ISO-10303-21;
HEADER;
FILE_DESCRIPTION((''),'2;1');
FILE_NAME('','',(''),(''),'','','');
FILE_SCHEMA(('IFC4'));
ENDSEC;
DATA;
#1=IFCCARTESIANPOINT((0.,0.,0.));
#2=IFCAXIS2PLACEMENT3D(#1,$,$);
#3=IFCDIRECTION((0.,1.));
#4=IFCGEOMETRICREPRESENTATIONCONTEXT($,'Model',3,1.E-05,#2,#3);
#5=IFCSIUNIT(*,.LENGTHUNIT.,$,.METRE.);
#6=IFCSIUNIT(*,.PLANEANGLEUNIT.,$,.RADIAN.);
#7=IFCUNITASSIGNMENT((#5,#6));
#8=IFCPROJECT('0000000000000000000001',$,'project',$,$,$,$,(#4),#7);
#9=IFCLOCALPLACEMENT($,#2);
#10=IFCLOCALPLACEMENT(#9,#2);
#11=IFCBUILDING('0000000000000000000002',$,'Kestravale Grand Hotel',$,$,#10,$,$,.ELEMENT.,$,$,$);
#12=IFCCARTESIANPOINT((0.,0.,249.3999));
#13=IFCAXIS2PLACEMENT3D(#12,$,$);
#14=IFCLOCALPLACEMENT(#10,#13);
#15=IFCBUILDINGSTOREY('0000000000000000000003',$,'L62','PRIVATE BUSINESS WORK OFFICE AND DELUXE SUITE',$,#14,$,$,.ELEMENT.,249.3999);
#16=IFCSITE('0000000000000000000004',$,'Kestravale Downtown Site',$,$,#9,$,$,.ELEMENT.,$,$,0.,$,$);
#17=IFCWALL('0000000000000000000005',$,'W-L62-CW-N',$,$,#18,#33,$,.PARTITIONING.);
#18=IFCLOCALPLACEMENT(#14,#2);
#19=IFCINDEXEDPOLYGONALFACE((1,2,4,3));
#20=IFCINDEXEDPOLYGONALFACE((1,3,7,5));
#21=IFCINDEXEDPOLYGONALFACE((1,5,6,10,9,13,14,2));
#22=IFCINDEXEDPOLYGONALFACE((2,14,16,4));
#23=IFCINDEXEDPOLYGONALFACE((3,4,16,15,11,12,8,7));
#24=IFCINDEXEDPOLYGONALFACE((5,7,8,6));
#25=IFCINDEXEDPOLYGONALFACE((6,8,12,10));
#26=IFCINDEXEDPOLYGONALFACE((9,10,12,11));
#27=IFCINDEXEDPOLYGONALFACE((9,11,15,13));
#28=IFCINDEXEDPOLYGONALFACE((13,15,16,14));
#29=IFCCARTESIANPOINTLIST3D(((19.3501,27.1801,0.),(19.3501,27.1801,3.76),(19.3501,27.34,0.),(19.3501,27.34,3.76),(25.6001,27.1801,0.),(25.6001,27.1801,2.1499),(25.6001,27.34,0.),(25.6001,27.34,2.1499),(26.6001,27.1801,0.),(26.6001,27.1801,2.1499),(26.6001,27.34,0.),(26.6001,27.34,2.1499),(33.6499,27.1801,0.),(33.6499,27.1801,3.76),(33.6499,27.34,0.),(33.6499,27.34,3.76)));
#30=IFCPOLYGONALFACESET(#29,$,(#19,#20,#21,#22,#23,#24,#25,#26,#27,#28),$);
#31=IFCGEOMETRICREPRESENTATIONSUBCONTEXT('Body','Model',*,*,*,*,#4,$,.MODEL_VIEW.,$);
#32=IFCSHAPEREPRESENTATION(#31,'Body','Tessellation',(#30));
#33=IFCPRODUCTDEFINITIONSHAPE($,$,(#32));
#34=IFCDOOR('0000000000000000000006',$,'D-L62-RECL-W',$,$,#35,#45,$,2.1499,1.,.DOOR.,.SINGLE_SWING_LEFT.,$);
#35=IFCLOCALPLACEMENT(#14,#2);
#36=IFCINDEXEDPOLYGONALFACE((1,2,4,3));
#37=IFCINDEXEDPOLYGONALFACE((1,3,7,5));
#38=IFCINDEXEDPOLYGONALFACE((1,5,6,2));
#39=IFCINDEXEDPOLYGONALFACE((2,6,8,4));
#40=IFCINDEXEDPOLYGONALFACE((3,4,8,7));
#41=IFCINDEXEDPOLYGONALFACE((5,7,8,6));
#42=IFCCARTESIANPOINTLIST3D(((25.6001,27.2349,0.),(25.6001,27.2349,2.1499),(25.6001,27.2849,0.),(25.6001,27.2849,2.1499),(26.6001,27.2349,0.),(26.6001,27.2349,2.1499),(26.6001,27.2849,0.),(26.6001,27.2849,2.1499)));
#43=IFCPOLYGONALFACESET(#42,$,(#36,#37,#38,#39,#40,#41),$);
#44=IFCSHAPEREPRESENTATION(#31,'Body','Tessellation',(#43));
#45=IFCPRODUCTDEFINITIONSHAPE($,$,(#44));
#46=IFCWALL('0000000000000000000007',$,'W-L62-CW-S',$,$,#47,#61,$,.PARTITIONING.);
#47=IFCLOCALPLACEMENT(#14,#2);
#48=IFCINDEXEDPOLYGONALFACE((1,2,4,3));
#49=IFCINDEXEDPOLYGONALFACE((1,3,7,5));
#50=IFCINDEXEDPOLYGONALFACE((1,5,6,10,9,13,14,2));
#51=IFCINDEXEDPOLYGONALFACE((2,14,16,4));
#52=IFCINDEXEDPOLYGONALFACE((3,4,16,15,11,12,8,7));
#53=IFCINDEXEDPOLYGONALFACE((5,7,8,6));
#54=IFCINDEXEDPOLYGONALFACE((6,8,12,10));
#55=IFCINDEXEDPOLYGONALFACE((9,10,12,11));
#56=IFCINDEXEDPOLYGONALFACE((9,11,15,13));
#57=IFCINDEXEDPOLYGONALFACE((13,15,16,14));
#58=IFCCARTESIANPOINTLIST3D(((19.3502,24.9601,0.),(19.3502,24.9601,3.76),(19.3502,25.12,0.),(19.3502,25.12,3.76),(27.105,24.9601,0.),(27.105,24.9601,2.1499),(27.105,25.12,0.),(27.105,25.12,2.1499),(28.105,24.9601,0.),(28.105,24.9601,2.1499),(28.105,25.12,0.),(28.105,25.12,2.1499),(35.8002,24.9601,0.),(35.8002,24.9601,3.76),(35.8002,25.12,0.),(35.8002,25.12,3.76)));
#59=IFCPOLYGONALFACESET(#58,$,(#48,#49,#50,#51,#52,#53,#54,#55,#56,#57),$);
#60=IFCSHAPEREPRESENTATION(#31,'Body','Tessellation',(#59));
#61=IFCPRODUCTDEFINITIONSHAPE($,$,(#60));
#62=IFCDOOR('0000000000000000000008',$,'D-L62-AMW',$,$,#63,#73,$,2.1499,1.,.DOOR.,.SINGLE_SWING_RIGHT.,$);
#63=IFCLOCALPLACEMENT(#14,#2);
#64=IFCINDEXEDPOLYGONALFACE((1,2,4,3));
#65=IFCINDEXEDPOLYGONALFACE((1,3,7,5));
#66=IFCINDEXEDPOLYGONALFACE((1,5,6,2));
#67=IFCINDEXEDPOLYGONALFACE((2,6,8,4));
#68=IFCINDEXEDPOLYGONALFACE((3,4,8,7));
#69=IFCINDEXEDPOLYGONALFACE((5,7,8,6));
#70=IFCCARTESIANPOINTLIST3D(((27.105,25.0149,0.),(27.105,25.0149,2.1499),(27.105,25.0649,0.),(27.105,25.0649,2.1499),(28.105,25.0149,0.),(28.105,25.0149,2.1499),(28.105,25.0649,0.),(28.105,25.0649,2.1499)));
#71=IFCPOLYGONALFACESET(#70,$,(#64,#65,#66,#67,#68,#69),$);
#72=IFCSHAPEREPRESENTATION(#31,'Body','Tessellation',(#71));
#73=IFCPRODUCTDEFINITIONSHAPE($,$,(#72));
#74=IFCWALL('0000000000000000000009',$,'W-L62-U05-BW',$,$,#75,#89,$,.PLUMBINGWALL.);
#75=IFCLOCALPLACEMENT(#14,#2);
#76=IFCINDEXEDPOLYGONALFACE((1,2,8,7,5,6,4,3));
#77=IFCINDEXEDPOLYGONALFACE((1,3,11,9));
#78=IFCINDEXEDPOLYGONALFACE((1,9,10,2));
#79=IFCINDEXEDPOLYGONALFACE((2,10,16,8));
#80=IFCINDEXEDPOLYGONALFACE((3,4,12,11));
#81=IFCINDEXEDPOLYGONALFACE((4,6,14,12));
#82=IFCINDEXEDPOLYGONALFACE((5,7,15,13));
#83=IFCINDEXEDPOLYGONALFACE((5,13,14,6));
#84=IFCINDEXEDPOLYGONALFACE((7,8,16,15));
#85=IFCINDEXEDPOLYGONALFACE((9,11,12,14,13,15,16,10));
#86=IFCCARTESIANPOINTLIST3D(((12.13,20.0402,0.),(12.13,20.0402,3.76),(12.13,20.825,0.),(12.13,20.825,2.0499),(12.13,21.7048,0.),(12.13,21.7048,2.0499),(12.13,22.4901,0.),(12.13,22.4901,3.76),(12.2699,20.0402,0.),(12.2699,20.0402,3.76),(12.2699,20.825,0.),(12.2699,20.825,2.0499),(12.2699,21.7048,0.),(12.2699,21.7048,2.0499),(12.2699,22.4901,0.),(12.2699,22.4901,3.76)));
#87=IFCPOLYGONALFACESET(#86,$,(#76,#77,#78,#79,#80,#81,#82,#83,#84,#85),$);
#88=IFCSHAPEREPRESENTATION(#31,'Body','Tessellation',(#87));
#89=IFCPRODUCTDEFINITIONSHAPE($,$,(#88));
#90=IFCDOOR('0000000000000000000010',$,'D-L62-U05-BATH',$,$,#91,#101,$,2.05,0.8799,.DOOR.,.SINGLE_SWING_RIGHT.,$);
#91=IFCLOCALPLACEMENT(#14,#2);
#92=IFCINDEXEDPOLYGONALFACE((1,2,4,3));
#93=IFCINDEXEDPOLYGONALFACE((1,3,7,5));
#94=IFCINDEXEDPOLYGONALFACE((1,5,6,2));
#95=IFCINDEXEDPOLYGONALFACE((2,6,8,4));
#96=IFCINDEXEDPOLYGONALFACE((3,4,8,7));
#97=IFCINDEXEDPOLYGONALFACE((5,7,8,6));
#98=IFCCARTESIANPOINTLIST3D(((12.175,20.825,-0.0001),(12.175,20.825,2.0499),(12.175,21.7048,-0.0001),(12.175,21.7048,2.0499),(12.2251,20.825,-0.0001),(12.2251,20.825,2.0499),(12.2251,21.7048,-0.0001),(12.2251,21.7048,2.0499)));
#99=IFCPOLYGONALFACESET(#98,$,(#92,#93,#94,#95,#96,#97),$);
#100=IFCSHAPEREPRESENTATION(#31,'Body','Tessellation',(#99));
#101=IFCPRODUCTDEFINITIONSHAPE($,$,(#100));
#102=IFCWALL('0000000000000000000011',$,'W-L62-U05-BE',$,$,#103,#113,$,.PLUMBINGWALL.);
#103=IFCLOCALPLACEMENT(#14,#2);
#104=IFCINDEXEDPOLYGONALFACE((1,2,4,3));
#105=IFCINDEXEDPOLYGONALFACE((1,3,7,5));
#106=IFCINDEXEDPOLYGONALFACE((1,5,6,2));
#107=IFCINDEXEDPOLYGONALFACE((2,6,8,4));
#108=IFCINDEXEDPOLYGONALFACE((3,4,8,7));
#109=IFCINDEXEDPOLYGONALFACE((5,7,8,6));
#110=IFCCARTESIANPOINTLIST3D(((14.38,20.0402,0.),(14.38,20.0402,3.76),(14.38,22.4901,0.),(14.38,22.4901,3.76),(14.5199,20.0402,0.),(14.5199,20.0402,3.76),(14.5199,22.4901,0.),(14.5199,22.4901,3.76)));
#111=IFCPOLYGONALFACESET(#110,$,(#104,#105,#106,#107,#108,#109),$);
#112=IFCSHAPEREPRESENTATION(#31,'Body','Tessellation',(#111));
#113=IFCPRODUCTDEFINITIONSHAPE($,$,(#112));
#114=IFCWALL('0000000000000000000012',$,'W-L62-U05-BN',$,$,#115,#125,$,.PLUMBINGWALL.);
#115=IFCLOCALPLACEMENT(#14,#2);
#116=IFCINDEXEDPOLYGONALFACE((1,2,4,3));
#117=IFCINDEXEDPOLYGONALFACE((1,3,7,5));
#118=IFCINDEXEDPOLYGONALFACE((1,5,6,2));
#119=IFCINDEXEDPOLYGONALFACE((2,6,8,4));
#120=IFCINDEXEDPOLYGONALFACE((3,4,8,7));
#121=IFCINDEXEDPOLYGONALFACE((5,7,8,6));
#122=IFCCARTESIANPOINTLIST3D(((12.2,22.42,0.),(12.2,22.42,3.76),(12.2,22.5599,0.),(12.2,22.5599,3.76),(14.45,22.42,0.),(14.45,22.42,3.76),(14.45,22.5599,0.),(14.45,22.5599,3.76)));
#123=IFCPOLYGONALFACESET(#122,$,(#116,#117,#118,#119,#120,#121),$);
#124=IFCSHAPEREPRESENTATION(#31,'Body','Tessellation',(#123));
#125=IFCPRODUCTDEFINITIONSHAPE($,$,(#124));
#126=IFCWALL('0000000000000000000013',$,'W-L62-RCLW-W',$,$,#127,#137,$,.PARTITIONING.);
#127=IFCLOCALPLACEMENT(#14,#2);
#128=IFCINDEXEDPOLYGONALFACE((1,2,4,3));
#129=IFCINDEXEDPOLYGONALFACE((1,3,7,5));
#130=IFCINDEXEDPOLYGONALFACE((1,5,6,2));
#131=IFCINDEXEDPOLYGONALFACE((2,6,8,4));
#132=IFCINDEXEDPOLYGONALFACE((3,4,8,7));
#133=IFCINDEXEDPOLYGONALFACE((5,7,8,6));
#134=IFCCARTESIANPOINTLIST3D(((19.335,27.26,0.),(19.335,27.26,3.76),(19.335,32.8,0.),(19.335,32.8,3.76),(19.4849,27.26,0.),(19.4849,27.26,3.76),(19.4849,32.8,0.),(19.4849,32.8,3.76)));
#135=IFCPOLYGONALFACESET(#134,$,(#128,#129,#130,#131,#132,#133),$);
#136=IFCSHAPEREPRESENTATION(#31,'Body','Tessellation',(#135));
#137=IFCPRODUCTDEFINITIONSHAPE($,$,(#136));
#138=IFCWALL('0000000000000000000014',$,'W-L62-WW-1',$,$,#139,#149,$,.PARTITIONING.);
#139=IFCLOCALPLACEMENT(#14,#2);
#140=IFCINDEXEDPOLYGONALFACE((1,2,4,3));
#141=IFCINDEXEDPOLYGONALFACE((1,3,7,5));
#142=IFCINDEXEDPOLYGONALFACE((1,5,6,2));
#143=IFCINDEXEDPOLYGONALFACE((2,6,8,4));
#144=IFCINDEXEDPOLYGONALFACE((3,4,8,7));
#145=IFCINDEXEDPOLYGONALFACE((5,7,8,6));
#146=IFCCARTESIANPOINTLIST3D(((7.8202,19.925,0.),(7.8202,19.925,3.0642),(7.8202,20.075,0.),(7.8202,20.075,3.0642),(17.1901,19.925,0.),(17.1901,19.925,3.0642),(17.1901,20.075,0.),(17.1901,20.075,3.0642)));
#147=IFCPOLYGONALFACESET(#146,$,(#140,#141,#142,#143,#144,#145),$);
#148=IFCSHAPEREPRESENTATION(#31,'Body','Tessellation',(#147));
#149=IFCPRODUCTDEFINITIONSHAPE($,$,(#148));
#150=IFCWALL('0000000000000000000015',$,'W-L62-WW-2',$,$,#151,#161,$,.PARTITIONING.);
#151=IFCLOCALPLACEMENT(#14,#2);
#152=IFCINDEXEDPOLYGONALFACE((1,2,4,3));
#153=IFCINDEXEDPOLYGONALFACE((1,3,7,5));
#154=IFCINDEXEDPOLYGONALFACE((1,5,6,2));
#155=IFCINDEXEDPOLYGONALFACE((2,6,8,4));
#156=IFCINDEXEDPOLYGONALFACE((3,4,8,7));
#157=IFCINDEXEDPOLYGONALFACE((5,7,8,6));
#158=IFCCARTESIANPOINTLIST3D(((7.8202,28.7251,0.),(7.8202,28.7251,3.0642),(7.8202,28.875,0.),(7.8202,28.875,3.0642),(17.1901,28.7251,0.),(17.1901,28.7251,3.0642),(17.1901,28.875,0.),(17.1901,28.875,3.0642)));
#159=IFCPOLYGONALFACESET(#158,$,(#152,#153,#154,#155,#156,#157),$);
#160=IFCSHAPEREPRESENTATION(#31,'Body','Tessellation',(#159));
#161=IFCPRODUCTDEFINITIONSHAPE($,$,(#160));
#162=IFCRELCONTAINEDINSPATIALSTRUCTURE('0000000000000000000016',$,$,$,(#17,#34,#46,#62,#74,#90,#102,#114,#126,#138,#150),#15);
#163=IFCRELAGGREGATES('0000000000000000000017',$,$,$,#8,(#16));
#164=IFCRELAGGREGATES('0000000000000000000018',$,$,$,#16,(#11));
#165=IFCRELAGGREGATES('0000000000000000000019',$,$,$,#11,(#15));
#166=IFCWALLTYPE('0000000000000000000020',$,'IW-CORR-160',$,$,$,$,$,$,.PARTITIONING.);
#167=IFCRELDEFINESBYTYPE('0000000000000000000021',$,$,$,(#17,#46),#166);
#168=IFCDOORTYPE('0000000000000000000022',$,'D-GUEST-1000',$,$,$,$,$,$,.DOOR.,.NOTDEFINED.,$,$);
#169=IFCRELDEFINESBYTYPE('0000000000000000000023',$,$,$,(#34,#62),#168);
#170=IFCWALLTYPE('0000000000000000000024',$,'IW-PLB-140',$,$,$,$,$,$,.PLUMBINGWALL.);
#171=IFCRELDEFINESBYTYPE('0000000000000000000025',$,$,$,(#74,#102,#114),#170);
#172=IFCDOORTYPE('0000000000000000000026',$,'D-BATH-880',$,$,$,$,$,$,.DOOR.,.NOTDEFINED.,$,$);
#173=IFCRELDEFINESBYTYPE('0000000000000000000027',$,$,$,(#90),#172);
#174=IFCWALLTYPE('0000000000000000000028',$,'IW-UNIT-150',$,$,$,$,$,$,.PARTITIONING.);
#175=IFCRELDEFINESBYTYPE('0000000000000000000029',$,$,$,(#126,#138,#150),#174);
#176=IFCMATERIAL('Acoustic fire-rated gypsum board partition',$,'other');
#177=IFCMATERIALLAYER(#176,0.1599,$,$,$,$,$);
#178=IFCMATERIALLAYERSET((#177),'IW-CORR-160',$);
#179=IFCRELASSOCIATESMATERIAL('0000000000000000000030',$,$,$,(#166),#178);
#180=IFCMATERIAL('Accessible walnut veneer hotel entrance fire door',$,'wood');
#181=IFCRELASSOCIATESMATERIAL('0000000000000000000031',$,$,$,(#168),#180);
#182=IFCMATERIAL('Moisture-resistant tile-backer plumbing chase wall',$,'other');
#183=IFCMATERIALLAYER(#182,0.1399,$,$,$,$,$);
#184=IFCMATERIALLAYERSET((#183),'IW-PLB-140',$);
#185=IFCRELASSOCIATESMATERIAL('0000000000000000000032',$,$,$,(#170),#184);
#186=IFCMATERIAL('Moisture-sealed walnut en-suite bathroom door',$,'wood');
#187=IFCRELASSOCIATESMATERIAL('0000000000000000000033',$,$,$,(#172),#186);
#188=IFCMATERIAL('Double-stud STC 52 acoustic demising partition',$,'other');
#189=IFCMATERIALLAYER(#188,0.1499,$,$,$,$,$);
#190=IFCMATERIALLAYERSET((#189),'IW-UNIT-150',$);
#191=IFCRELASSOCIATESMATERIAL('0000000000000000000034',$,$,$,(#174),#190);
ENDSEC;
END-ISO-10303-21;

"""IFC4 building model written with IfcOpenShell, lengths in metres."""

from ifc_helpers import new_model, si_unit, direction, frame, frame_2d, origin, place, context, subcontext, project, spatial, rectangle, extrude, material, layer, layer_set, type_object, element, fill, save


model = new_model("IFC4")

# Units and contexts
model_context = context("Model", 3, precision=1e-05, world=origin(), true_north=direction((0.0, 1.0)))
body_context = subcontext(model_context, "Body", "Model", "MODEL_VIEW")
ifc_project = project(units=[si_unit("LENGTHUNIT", "METRE"), si_unit("PLANEANGLEUNIT", "RADIAN")], contexts=[model_context])

# Site, building, storey
site_placement = place(None, origin())
site = spatial("IfcSite", under=ifc_project, at=site_placement, Name="Kestravale Downtown Site", CompositionType="ELEMENT", RefElevation=0.0)
building_placement = place(site_placement, origin())
building = spatial("IfcBuilding", under=site, at=building_placement, Name="Kestravale Grand Hotel", CompositionType="ELEMENT")
storey_placement = place(building_placement, frame((0.0, 0.0, 249.3999)))
storey = spatial("IfcBuildingStorey", under=building, at=storey_placement, Name="L62", Description="PRIVATE BUSINESS WORK OFFICE AND DELUXE SUITE", CompositionType="ELEMENT", Elevation=249.3999)

# Walls, openings, doors
ifc_material_1 = material(Name="Acoustic fire-rated gypsum board partition", Category="other")
ifc_layer_1 = layer(ifc_material_1, 0.1599)
ifc_layer_set_1 = layer_set([ifc_layer_1], Name="IW-CORR-160")
wall_type_1 = type_object("IfcWallType", Name="IW-CORR-160", PredefinedType="PARTITIONING", material=ifc_layer_set_1)
wall_1_placement = place(storey_placement, frame((19.3501, 27.26, 0.0), z_axis=(0.0, 0.0, 1.0), x_axis=(1.0, 0.0, 0.0)))
wall_1 = element("IfcWall", 1, at=wall_1_placement, inside=storey, type_object=wall_type_1, Name="W-L62-CW-N", PredefinedType="PARTITIONING", context=body_context, shape_type="SweptSolid", body=[
    extrude(rectangle(XDim=14.2998, YDim=0.1599, at=frame_2d((7.1499, 0.0))), origin(), (0.0, 0.0, 1.0), 3.76),
])
opening_1_placement = place(wall_1_placement, frame((6.25, 0.0, 0.0)))
opening_1 = element("IfcOpeningElement", 2, at=opening_1_placement, cuts=wall_1, PredefinedType="OPENING", context=body_context, shape_type="SweptSolid", body=[
    extrude(rectangle(XDim=1.0, YDim=2.1499, at=frame_2d((0.5, 1.075))), frame((0.0, 0.0898, 0.0), z_axis=(0.0, -1.0, 0.0), x_axis=(1.0, 0.0, 0.0)), (0.0, 0.0, 1.0), 0.1799),
])
ifc_material_2 = material(Name="Accessible walnut veneer hotel entrance fire door", Category="wood")
door_type_1 = type_object("IfcDoorType", Name="D-GUEST-1000", OperationType="NOTDEFINED", PredefinedType="DOOR", material=ifc_material_2)
door_1_placement = place(opening_1_placement, origin())
door_1 = element("IfcDoor", 3, at=door_1_placement, inside=storey, type_object=door_type_1, Name="D-L62-RECL-W", OperationType="SINGLE_SWING_LEFT", OverallHeight=2.1499, OverallWidth=1.0, PredefinedType="DOOR", context=body_context, shape_type="SweptSolid", body=[
    extrude(rectangle(XDim=1.0, YDim=2.1499, at=frame_2d((0.5, 1.075))), frame((0.0, 0.0249, 0.0), z_axis=(0.0, -1.0, 0.0), x_axis=(1.0, 0.0, 0.0)), (0.0, 0.0, 1.0), 0.05),
])
fill(opening_1, door_1)
wall_2_placement = place(storey_placement, frame((19.3501, 25.04, 0.0), z_axis=(0.0, 0.0, 1.0), x_axis=(1.0, 0.0, 0.0)))
wall_2 = element("IfcWall", 4, at=wall_2_placement, inside=storey, type_object=wall_type_1, Name="W-L62-CW-S", PredefinedType="PARTITIONING", context=body_context, shape_type="SweptSolid", body=[
    extrude(rectangle(XDim=16.45, YDim=0.1599, at=frame_2d((8.2251, 0.0))), origin(), (0.0, 0.0, 1.0), 3.76),
])
opening_2_placement = place(wall_2_placement, frame((7.7549, 0.0, 0.0)))
opening_2 = element("IfcOpeningElement", 5, at=opening_2_placement, cuts=wall_2, PredefinedType="OPENING", context=body_context, shape_type="SweptSolid", body=[
    extrude(rectangle(XDim=1.0, YDim=2.1499, at=frame_2d((0.5, 1.075))), frame((0.0, 0.0898, 0.0), z_axis=(0.0, -1.0, 0.0), x_axis=(1.0, 0.0, 0.0)), (0.0, 0.0, 1.0), 0.1799),
])
door_2_placement = place(opening_2_placement, origin())
door_2 = element("IfcDoor", 6, at=door_2_placement, inside=storey, type_object=door_type_1, Name="D-L62-AMW", OperationType="SINGLE_SWING_RIGHT", OverallHeight=2.1499, OverallWidth=1.0, PredefinedType="DOOR", context=body_context, shape_type="SweptSolid", body=[
    extrude(rectangle(XDim=1.0, YDim=2.1499, at=frame_2d((0.5, 1.075))), frame((0.0, 0.0249, 0.0), z_axis=(0.0, -1.0, 0.0), x_axis=(1.0, 0.0, 0.0)), (0.0, 0.0, 1.0), 0.05),
])
fill(opening_2, door_2)
ifc_material_3 = material(Name="Moisture-resistant tile-backer plumbing chase wall", Category="other")
ifc_layer_2 = layer(ifc_material_3, 0.1399)
ifc_layer_set_2 = layer_set([ifc_layer_2], Name="IW-PLB-140")
wall_type_2 = type_object("IfcWallType", Name="IW-PLB-140", PredefinedType="PLUMBINGWALL", material=ifc_layer_set_2)
wall_3_placement = place(storey_placement, frame((12.2, 20.04, 0.0), z_axis=(0.0, 0.0, 1.0), x_axis=(0.0, 1.0, 0.0)))
wall_3 = element("IfcWall", 7, at=wall_3_placement, inside=storey, type_object=wall_type_2, Name="W-L62-U05-BW", PredefinedType="PLUMBINGWALL", context=body_context, shape_type="SweptSolid", body=[
    extrude(rectangle(XDim=2.45, YDim=0.1399, at=frame_2d((1.2251, 0.0))), origin(), (0.0, 0.0, 1.0), 3.76),
])
opening_3_placement = place(wall_3_placement, frame((0.7849, 0.0, 0.0)))
opening_3 = element("IfcOpeningElement", 8, at=opening_3_placement, cuts=wall_3, PredefinedType="OPENING", context=body_context, shape_type="SweptSolid", body=[
    extrude(rectangle(XDim=0.8799, YDim=2.05, at=frame_2d((0.4399, 1.0249))), frame((0.0, 0.0798, 0.0), z_axis=(0.0, -1.0, 0.0), x_axis=(1.0, 0.0, 0.0)), (0.0, 0.0, 1.0), 0.1599),
])
ifc_material_4 = material(Name="Moisture-sealed walnut en-suite bathroom door", Category="wood")
door_type_2 = type_object("IfcDoorType", Name="D-BATH-880", OperationType="NOTDEFINED", PredefinedType="DOOR", material=ifc_material_4)
door_3_placement = place(opening_3_placement, origin())
door_3 = element("IfcDoor", 9, at=door_3_placement, inside=storey, type_object=door_type_2, Name="D-L62-U05-BATH", OperationType="SINGLE_SWING_RIGHT", OverallHeight=2.05, OverallWidth=0.8799, PredefinedType="DOOR", context=body_context, shape_type="SweptSolid", body=[
    extrude(rectangle(XDim=0.8799, YDim=2.05, at=frame_2d((0.4399, 1.0249))), frame((0.0, 0.0249, 0.0), z_axis=(0.0, -1.0, 0.0), x_axis=(1.0, 0.0, 0.0)), (0.0, 0.0, 1.0), 0.05),
])
fill(opening_3, door_3)

# Walls
wall_4_placement = place(storey_placement, frame((14.45, 20.04, 0.0), z_axis=(0.0, 0.0, 1.0), x_axis=(0.0, 1.0, 0.0)))
element("IfcWall", 10, at=wall_4_placement, inside=storey, type_object=wall_type_2, Name="W-L62-U05-BE", PredefinedType="PLUMBINGWALL", context=body_context, shape_type="SweptSolid", body=[
    extrude(rectangle(XDim=2.45, YDim=0.1399, at=frame_2d((1.2251, 0.0))), origin(), (0.0, 0.0, 1.0), 3.76),
])
wall_5_placement = place(storey_placement, frame((12.2, 22.49, 0.0), z_axis=(0.0, 0.0, 1.0), x_axis=(1.0, 0.0, 0.0)))
element("IfcWall", 11, at=wall_5_placement, inside=storey, type_object=wall_type_2, Name="W-L62-U05-BN", PredefinedType="PLUMBINGWALL", context=body_context, shape_type="SweptSolid", body=[
    extrude(rectangle(XDim=2.25, YDim=0.1399, at=frame_2d((1.125, 0.0))), origin(), (0.0, 0.0, 1.0), 3.76),
])
ifc_material_5 = material(Name="Double-stud STC 52 acoustic demising partition", Category="other")
ifc_layer_3 = layer(ifc_material_5, 0.1499)
ifc_layer_set_3 = layer_set([ifc_layer_3], Name="IW-UNIT-150")
wall_type_3 = type_object("IfcWallType", Name="IW-UNIT-150", PredefinedType="PARTITIONING", material=ifc_layer_set_3)
wall_6_placement = place(storey_placement, frame((19.4099, 27.26, 0.0), z_axis=(0.0, 0.0, 1.0), x_axis=(0.0, 1.0, 0.0)))
element("IfcWall", 12, at=wall_6_placement, inside=storey, type_object=wall_type_3, Name="W-L62-RCLW-W", PredefinedType="PARTITIONING", context=body_context, shape_type="SweptSolid", body=[
    extrude(rectangle(XDim=5.54, YDim=0.1499, at=frame_2d((2.77, 0.0))), origin(), (0.0, 0.0, 1.0), 3.76),
])
for number, where, z_axis, x_axis, name in (
    (13, (7.8201, 20.0, 0.0), (0.0, 0.0, 1.0), (1.0, 0.0, 0.0), "W-L62-WW-1"),
    (14, (7.8201, 28.8, 0.0), (0.0, 0.0, 1.0), (1.0, 0.0, 0.0), "W-L62-WW-2"),
):
    element("IfcWall", number, at=place(storey_placement, frame(where, z_axis=z_axis, x_axis=x_axis)), inside=storey, type_object=wall_type_3, Name=name, PredefinedType="PARTITIONING", context=body_context, shape_type="SweptSolid", body=[
        extrude(rectangle(XDim=9.3699, YDim=0.1499, at=frame_2d((4.6851, 0.0))), origin(), (0.0, 0.0, 1.0), 3.0642),
    ])

save(model, "model.ifc")
